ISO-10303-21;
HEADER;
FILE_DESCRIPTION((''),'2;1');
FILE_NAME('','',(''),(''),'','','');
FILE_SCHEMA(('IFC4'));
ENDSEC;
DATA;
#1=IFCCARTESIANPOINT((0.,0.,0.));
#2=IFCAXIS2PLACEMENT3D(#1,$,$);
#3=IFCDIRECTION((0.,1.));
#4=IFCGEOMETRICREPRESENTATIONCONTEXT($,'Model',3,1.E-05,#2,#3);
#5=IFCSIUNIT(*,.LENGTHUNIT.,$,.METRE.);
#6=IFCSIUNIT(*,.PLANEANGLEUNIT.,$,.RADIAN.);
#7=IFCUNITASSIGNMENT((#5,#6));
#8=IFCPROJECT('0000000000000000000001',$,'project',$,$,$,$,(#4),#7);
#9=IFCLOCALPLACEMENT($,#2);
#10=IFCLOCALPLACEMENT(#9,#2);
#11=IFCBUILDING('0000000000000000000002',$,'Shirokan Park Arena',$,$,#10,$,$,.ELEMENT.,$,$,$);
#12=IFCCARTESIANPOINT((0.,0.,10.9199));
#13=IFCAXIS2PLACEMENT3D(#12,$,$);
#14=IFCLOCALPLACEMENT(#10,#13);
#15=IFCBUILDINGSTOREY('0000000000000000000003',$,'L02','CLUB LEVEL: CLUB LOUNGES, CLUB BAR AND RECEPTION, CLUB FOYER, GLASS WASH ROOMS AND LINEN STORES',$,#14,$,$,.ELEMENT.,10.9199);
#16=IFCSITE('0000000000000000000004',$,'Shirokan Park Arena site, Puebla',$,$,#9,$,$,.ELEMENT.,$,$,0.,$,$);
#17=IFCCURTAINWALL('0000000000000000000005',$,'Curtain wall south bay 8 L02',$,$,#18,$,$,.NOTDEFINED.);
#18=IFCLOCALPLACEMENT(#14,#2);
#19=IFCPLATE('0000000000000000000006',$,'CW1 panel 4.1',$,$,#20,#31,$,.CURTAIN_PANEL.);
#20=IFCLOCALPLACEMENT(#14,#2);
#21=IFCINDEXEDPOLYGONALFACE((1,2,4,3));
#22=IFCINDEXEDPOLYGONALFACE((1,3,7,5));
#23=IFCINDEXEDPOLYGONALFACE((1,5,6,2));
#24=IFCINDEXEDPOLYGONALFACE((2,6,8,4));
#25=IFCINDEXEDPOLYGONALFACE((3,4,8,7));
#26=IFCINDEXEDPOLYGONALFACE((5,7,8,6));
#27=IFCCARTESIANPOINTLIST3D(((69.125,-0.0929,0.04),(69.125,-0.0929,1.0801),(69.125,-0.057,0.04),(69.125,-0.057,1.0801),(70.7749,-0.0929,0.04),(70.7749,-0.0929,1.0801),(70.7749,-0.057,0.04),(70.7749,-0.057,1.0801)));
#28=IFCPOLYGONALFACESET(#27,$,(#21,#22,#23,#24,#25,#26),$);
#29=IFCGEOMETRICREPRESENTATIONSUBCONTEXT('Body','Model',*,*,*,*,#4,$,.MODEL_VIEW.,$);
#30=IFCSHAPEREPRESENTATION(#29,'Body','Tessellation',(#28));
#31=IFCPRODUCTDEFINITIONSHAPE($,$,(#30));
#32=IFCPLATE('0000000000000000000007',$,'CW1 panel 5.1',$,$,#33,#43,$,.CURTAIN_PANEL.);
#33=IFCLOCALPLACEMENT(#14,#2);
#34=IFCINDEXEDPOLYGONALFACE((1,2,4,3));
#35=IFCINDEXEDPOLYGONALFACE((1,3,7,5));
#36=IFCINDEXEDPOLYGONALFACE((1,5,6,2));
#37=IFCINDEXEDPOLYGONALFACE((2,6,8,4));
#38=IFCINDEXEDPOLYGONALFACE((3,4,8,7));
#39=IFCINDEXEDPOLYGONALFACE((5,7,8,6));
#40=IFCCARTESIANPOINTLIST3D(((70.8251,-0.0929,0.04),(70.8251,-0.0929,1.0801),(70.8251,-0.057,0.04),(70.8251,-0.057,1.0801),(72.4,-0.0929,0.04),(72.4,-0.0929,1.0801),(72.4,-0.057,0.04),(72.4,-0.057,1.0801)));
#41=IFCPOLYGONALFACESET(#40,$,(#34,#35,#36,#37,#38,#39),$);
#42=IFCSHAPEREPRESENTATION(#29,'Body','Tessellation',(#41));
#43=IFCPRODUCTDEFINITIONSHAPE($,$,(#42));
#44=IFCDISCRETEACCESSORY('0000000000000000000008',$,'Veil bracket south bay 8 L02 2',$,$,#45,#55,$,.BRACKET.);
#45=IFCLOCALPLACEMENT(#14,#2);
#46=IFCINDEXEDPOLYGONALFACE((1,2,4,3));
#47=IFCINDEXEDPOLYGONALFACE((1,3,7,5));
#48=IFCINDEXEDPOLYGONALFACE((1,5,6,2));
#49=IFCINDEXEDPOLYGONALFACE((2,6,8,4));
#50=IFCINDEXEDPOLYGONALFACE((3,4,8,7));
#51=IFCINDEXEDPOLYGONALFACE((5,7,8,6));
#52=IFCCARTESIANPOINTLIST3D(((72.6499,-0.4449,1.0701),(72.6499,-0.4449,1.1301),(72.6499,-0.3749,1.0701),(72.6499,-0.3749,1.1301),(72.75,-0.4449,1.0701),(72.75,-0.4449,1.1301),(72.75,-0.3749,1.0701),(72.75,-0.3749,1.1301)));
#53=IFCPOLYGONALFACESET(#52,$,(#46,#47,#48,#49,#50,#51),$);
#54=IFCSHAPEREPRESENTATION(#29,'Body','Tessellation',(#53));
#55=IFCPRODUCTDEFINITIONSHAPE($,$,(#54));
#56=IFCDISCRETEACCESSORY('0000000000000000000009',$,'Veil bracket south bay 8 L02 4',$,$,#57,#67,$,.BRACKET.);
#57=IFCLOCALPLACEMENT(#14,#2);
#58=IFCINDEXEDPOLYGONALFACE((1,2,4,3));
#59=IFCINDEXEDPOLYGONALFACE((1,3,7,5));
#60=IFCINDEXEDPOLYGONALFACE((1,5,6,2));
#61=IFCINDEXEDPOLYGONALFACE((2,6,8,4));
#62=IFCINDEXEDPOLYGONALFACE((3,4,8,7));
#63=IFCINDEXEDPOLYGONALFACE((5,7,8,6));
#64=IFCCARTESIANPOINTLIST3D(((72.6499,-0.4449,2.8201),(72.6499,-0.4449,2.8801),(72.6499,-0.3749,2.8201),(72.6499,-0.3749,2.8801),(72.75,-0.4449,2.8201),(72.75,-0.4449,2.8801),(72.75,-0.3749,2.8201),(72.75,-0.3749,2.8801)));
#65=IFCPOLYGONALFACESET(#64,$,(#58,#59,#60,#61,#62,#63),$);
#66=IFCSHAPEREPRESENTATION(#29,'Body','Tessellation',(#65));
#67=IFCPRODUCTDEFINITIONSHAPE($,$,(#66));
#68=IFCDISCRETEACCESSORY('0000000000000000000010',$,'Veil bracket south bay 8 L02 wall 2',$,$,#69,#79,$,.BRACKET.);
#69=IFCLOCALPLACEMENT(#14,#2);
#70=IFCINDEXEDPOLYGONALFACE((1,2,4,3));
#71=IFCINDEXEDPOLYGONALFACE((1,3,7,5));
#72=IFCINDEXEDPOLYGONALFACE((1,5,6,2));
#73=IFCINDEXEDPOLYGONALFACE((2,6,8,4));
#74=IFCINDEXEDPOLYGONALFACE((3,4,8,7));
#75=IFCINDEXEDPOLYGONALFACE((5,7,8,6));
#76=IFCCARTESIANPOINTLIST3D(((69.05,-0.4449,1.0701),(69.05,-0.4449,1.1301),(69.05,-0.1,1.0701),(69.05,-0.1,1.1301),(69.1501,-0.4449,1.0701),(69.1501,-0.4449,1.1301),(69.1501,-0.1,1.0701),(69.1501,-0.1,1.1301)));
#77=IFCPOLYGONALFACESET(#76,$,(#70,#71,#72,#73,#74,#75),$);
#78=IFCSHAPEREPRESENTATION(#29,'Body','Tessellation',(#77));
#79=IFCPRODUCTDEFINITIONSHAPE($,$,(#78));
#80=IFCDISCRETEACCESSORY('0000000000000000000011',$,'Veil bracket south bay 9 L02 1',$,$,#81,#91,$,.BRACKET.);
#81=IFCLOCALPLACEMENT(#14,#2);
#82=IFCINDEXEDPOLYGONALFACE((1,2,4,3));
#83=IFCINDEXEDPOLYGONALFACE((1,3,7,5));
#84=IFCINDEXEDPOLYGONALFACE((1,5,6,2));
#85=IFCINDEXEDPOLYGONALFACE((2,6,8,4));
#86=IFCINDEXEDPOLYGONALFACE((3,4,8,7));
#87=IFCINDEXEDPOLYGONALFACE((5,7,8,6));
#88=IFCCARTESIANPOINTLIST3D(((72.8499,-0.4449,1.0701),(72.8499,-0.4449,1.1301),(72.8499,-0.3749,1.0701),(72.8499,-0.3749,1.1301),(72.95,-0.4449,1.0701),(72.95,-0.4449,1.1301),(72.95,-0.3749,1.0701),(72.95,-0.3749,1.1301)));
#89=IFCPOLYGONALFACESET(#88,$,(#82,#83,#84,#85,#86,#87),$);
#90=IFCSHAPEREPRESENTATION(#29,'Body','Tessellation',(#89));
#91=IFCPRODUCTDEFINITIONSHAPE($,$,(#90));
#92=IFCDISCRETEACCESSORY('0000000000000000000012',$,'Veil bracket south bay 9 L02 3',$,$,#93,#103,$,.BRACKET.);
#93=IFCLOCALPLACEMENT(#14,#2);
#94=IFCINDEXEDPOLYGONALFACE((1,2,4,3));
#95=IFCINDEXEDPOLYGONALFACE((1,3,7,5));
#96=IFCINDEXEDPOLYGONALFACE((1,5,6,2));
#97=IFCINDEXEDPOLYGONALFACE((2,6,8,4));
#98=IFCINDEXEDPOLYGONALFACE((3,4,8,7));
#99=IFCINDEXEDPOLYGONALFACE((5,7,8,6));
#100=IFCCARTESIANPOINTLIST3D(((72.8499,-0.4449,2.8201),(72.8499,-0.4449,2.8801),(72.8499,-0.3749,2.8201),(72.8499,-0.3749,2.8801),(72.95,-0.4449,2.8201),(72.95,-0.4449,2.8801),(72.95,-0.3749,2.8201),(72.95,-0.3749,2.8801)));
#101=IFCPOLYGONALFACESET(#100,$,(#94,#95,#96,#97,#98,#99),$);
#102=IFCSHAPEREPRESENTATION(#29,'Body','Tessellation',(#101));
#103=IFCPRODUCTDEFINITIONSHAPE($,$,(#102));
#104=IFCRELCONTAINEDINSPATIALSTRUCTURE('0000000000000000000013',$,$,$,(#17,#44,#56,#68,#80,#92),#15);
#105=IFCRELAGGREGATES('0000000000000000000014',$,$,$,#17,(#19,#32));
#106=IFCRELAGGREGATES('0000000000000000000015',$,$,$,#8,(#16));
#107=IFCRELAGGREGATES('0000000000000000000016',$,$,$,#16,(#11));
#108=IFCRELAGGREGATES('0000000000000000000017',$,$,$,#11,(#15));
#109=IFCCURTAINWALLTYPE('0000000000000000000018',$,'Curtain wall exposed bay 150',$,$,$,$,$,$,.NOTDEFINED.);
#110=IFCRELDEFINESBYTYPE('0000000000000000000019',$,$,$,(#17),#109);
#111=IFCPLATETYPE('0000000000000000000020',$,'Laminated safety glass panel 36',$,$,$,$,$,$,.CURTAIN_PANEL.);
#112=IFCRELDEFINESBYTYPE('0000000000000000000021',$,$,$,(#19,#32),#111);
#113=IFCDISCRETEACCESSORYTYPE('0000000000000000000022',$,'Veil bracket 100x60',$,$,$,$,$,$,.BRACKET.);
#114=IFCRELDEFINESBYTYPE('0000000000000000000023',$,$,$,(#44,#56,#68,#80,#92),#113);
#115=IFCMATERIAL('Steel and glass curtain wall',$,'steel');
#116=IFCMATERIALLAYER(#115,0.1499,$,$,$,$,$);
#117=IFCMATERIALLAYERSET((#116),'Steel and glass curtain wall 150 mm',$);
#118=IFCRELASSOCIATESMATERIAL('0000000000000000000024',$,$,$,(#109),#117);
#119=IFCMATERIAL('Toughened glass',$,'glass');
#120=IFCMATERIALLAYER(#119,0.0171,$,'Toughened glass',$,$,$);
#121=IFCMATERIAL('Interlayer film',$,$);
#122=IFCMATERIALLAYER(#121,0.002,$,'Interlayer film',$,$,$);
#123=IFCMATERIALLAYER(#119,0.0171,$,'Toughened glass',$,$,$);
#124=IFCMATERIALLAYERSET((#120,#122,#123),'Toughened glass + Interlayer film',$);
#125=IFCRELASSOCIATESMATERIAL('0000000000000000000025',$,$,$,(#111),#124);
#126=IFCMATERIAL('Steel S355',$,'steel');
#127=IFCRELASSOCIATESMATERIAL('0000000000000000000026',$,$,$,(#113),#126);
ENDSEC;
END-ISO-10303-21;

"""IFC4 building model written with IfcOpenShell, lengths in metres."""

from ifc_helpers import new_model, si_unit, direction, frame, origin, origin_2d, place, context, subcontext, project, spatial, rectangle, extrude, material, layer, layer_set, type_object, element, aggregate, save


model = new_model("IFC4")

# Units and contexts
model_context = context("Model", 3, precision=1e-05, world=origin(), true_north=direction((0.0, 1.0)))
body_context = subcontext(model_context, "Body", "Model", "MODEL_VIEW")
ifc_project = project(units=[si_unit("LENGTHUNIT", "METRE"), si_unit("PLANEANGLEUNIT", "RADIAN")], contexts=[model_context])

# Site, building, storey
site_placement = place(None, origin())
site = spatial("IfcSite", under=ifc_project, at=site_placement, Name="Shirokan Park Arena site, Puebla", CompositionType="ELEMENT", RefElevation=0.0)
building_placement = place(site_placement, origin())
building = spatial("IfcBuilding", under=site, at=building_placement, Name="Shirokan Park Arena", CompositionType="ELEMENT")
storey_placement = place(building_placement, frame((0.0, 0.0, 10.9199)))
storey = spatial("IfcBuildingStorey", under=building, at=storey_placement, Name="L02", Description="CLUB LEVEL: CLUB LOUNGES, CLUB BAR AND RECEPTION, CLUB FOYER, GLASS WASH ROOMS AND LINEN STORES", CompositionType="ELEMENT", Elevation=10.9199)

# Curtain wall
ifc_material_1 = material(Name="Steel and glass curtain wall", Category="steel")
ifc_layer_1 = layer(ifc_material_1, 0.1499)
ifc_layer_set_1 = layer_set([ifc_layer_1], Name="Steel and glass curtain wall 150 mm")
curtain_wall_type = type_object("IfcCurtainWallType", Name="Curtain wall exposed bay 150", PredefinedType="NOTDEFINED", material=ifc_layer_set_1)
curtain_wall_1_placement = place(storey_placement, origin())
curtain_wall_1 = element("IfcCurtainWall", 1, at=curtain_wall_1_placement, inside=storey, type_object=curtain_wall_type, Name="Curtain wall south bay 8 L02", PredefinedType="NOTDEFINED")
ifc_material_2 = material(Name="Steel S355", Category="steel")

# Plates
ifc_material_3 = material(Name="Toughened glass", Category="glass")
ifc_material_4 = material(Name="Interlayer film")
ifc_layer_2 = layer(ifc_material_3, 0.0171, Name="Toughened glass")
ifc_layer_3 = layer(ifc_material_4, 0.002, Name="Interlayer film")
ifc_layer_4 = layer(ifc_material_3, 0.0171, Name="Toughened glass")
ifc_layer_set_2 = layer_set([ifc_layer_2, ifc_layer_3, ifc_layer_4], Name="Toughened glass + Interlayer film")
plate_type_1 = type_object("IfcPlateType", Name="Laminated safety glass panel 36", PredefinedType="CURTAIN_PANEL", material=ifc_layer_set_2)
plate_1_placement = place(storey_placement, frame((69.95, -0.075, 0.04), z_axis=(0.0, 0.0, 1.0), x_axis=(1.0, 0.0, 0.0)))
plate_1 = element("IfcPlate", 2, at=plate_1_placement, type_object=plate_type_1, Name="CW1 panel 4.1", PredefinedType="CURTAIN_PANEL", context=body_context, shape_type="SweptSolid", body=[
    extrude(rectangle(XDim=1.6499, YDim=0.0359, at=origin_2d()), origin(), (0.0, 0.0, 1.0), 1.04),
])
plate_2_placement = place(storey_placement, frame((71.6125, -0.075, 0.04), z_axis=(0.0, 0.0, 1.0), x_axis=(1.0, 0.0, 0.0)))
plate_2 = element("IfcPlate", 3, at=plate_2_placement, type_object=plate_type_1, Name="CW1 panel 5.1", PredefinedType="CURTAIN_PANEL", context=body_context, shape_type="SweptSolid", body=[
    extrude(rectangle(XDim=1.575, YDim=0.0359, at=origin_2d()), origin(), (0.0, 0.0, 1.0), 1.04),
])
aggregate(curtain_wall_1, [plate_1, plate_2])

# Discrete accessories
discrete_accessory_type = type_object("IfcDiscreteAccessoryType", Name="Veil bracket 100x60", PredefinedType="BRACKET", material=ifc_material_2)
for number, where, z_axis, x_axis, name in (
    (4, (72.7, -0.4099, 1.0701), (0.0, 0.0, 1.0), (1.0, 0.0, 0.0), "Veil bracket south bay 8 L02 2"),
    (5, (72.7, -0.4099, 2.8201), (0.0, 0.0, 1.0), (1.0, 0.0, 0.0), "Veil bracket south bay 8 L02 4"),
):
    element("IfcDiscreteAccessory", number, at=place(storey_placement, frame(where, z_axis=z_axis, x_axis=x_axis)), inside=storey, type_object=discrete_accessory_type, Name=name, PredefinedType="BRACKET", context=body_context, shape_type="SweptSolid", body=[
        extrude(rectangle(XDim=0.1001, YDim=0.0701, at=origin_2d()), origin(), (0.0, 0.0, 1.0), 0.0601),
    ])
discrete_accessory_placement = place(storey_placement, frame((69.1001, -0.2725, 1.0701), z_axis=(0.0, 0.0, 1.0), x_axis=(1.0, 0.0, 0.0)))
element("IfcDiscreteAccessory", 6, at=discrete_accessory_placement, inside=storey, type_object=discrete_accessory_type, Name="Veil bracket south bay 8 L02 wall 2", PredefinedType="BRACKET", context=body_context, shape_type="SweptSolid", body=[
    extrude(rectangle(XDim=0.1001, YDim=0.345, at=origin_2d()), origin(), (0.0, 0.0, 1.0), 0.0601),
])
for number, where, z_axis, x_axis, name in (
    (7, (72.8999, -0.4099, 1.0701), (0.0, 0.0, 1.0), (1.0, 0.0, 0.0), "Veil bracket south bay 9 L02 1"),
    (8, (72.8999, -0.4099, 2.8201), (0.0, 0.0, 1.0), (1.0, 0.0, 0.0), "Veil bracket south bay 9 L02 3"),
):
    element("IfcDiscreteAccessory", number, at=place(storey_placement, frame(where, z_axis=z_axis, x_axis=x_axis)), inside=storey, type_object=discrete_accessory_type, Name=name, PredefinedType="BRACKET", context=body_context, shape_type="SweptSolid", body=[
        extrude(rectangle(XDim=0.1001, YDim=0.0701, at=origin_2d()), origin(), (0.0, 0.0, 1.0), 0.0601),
    ])

save(model, "model.ifc")
